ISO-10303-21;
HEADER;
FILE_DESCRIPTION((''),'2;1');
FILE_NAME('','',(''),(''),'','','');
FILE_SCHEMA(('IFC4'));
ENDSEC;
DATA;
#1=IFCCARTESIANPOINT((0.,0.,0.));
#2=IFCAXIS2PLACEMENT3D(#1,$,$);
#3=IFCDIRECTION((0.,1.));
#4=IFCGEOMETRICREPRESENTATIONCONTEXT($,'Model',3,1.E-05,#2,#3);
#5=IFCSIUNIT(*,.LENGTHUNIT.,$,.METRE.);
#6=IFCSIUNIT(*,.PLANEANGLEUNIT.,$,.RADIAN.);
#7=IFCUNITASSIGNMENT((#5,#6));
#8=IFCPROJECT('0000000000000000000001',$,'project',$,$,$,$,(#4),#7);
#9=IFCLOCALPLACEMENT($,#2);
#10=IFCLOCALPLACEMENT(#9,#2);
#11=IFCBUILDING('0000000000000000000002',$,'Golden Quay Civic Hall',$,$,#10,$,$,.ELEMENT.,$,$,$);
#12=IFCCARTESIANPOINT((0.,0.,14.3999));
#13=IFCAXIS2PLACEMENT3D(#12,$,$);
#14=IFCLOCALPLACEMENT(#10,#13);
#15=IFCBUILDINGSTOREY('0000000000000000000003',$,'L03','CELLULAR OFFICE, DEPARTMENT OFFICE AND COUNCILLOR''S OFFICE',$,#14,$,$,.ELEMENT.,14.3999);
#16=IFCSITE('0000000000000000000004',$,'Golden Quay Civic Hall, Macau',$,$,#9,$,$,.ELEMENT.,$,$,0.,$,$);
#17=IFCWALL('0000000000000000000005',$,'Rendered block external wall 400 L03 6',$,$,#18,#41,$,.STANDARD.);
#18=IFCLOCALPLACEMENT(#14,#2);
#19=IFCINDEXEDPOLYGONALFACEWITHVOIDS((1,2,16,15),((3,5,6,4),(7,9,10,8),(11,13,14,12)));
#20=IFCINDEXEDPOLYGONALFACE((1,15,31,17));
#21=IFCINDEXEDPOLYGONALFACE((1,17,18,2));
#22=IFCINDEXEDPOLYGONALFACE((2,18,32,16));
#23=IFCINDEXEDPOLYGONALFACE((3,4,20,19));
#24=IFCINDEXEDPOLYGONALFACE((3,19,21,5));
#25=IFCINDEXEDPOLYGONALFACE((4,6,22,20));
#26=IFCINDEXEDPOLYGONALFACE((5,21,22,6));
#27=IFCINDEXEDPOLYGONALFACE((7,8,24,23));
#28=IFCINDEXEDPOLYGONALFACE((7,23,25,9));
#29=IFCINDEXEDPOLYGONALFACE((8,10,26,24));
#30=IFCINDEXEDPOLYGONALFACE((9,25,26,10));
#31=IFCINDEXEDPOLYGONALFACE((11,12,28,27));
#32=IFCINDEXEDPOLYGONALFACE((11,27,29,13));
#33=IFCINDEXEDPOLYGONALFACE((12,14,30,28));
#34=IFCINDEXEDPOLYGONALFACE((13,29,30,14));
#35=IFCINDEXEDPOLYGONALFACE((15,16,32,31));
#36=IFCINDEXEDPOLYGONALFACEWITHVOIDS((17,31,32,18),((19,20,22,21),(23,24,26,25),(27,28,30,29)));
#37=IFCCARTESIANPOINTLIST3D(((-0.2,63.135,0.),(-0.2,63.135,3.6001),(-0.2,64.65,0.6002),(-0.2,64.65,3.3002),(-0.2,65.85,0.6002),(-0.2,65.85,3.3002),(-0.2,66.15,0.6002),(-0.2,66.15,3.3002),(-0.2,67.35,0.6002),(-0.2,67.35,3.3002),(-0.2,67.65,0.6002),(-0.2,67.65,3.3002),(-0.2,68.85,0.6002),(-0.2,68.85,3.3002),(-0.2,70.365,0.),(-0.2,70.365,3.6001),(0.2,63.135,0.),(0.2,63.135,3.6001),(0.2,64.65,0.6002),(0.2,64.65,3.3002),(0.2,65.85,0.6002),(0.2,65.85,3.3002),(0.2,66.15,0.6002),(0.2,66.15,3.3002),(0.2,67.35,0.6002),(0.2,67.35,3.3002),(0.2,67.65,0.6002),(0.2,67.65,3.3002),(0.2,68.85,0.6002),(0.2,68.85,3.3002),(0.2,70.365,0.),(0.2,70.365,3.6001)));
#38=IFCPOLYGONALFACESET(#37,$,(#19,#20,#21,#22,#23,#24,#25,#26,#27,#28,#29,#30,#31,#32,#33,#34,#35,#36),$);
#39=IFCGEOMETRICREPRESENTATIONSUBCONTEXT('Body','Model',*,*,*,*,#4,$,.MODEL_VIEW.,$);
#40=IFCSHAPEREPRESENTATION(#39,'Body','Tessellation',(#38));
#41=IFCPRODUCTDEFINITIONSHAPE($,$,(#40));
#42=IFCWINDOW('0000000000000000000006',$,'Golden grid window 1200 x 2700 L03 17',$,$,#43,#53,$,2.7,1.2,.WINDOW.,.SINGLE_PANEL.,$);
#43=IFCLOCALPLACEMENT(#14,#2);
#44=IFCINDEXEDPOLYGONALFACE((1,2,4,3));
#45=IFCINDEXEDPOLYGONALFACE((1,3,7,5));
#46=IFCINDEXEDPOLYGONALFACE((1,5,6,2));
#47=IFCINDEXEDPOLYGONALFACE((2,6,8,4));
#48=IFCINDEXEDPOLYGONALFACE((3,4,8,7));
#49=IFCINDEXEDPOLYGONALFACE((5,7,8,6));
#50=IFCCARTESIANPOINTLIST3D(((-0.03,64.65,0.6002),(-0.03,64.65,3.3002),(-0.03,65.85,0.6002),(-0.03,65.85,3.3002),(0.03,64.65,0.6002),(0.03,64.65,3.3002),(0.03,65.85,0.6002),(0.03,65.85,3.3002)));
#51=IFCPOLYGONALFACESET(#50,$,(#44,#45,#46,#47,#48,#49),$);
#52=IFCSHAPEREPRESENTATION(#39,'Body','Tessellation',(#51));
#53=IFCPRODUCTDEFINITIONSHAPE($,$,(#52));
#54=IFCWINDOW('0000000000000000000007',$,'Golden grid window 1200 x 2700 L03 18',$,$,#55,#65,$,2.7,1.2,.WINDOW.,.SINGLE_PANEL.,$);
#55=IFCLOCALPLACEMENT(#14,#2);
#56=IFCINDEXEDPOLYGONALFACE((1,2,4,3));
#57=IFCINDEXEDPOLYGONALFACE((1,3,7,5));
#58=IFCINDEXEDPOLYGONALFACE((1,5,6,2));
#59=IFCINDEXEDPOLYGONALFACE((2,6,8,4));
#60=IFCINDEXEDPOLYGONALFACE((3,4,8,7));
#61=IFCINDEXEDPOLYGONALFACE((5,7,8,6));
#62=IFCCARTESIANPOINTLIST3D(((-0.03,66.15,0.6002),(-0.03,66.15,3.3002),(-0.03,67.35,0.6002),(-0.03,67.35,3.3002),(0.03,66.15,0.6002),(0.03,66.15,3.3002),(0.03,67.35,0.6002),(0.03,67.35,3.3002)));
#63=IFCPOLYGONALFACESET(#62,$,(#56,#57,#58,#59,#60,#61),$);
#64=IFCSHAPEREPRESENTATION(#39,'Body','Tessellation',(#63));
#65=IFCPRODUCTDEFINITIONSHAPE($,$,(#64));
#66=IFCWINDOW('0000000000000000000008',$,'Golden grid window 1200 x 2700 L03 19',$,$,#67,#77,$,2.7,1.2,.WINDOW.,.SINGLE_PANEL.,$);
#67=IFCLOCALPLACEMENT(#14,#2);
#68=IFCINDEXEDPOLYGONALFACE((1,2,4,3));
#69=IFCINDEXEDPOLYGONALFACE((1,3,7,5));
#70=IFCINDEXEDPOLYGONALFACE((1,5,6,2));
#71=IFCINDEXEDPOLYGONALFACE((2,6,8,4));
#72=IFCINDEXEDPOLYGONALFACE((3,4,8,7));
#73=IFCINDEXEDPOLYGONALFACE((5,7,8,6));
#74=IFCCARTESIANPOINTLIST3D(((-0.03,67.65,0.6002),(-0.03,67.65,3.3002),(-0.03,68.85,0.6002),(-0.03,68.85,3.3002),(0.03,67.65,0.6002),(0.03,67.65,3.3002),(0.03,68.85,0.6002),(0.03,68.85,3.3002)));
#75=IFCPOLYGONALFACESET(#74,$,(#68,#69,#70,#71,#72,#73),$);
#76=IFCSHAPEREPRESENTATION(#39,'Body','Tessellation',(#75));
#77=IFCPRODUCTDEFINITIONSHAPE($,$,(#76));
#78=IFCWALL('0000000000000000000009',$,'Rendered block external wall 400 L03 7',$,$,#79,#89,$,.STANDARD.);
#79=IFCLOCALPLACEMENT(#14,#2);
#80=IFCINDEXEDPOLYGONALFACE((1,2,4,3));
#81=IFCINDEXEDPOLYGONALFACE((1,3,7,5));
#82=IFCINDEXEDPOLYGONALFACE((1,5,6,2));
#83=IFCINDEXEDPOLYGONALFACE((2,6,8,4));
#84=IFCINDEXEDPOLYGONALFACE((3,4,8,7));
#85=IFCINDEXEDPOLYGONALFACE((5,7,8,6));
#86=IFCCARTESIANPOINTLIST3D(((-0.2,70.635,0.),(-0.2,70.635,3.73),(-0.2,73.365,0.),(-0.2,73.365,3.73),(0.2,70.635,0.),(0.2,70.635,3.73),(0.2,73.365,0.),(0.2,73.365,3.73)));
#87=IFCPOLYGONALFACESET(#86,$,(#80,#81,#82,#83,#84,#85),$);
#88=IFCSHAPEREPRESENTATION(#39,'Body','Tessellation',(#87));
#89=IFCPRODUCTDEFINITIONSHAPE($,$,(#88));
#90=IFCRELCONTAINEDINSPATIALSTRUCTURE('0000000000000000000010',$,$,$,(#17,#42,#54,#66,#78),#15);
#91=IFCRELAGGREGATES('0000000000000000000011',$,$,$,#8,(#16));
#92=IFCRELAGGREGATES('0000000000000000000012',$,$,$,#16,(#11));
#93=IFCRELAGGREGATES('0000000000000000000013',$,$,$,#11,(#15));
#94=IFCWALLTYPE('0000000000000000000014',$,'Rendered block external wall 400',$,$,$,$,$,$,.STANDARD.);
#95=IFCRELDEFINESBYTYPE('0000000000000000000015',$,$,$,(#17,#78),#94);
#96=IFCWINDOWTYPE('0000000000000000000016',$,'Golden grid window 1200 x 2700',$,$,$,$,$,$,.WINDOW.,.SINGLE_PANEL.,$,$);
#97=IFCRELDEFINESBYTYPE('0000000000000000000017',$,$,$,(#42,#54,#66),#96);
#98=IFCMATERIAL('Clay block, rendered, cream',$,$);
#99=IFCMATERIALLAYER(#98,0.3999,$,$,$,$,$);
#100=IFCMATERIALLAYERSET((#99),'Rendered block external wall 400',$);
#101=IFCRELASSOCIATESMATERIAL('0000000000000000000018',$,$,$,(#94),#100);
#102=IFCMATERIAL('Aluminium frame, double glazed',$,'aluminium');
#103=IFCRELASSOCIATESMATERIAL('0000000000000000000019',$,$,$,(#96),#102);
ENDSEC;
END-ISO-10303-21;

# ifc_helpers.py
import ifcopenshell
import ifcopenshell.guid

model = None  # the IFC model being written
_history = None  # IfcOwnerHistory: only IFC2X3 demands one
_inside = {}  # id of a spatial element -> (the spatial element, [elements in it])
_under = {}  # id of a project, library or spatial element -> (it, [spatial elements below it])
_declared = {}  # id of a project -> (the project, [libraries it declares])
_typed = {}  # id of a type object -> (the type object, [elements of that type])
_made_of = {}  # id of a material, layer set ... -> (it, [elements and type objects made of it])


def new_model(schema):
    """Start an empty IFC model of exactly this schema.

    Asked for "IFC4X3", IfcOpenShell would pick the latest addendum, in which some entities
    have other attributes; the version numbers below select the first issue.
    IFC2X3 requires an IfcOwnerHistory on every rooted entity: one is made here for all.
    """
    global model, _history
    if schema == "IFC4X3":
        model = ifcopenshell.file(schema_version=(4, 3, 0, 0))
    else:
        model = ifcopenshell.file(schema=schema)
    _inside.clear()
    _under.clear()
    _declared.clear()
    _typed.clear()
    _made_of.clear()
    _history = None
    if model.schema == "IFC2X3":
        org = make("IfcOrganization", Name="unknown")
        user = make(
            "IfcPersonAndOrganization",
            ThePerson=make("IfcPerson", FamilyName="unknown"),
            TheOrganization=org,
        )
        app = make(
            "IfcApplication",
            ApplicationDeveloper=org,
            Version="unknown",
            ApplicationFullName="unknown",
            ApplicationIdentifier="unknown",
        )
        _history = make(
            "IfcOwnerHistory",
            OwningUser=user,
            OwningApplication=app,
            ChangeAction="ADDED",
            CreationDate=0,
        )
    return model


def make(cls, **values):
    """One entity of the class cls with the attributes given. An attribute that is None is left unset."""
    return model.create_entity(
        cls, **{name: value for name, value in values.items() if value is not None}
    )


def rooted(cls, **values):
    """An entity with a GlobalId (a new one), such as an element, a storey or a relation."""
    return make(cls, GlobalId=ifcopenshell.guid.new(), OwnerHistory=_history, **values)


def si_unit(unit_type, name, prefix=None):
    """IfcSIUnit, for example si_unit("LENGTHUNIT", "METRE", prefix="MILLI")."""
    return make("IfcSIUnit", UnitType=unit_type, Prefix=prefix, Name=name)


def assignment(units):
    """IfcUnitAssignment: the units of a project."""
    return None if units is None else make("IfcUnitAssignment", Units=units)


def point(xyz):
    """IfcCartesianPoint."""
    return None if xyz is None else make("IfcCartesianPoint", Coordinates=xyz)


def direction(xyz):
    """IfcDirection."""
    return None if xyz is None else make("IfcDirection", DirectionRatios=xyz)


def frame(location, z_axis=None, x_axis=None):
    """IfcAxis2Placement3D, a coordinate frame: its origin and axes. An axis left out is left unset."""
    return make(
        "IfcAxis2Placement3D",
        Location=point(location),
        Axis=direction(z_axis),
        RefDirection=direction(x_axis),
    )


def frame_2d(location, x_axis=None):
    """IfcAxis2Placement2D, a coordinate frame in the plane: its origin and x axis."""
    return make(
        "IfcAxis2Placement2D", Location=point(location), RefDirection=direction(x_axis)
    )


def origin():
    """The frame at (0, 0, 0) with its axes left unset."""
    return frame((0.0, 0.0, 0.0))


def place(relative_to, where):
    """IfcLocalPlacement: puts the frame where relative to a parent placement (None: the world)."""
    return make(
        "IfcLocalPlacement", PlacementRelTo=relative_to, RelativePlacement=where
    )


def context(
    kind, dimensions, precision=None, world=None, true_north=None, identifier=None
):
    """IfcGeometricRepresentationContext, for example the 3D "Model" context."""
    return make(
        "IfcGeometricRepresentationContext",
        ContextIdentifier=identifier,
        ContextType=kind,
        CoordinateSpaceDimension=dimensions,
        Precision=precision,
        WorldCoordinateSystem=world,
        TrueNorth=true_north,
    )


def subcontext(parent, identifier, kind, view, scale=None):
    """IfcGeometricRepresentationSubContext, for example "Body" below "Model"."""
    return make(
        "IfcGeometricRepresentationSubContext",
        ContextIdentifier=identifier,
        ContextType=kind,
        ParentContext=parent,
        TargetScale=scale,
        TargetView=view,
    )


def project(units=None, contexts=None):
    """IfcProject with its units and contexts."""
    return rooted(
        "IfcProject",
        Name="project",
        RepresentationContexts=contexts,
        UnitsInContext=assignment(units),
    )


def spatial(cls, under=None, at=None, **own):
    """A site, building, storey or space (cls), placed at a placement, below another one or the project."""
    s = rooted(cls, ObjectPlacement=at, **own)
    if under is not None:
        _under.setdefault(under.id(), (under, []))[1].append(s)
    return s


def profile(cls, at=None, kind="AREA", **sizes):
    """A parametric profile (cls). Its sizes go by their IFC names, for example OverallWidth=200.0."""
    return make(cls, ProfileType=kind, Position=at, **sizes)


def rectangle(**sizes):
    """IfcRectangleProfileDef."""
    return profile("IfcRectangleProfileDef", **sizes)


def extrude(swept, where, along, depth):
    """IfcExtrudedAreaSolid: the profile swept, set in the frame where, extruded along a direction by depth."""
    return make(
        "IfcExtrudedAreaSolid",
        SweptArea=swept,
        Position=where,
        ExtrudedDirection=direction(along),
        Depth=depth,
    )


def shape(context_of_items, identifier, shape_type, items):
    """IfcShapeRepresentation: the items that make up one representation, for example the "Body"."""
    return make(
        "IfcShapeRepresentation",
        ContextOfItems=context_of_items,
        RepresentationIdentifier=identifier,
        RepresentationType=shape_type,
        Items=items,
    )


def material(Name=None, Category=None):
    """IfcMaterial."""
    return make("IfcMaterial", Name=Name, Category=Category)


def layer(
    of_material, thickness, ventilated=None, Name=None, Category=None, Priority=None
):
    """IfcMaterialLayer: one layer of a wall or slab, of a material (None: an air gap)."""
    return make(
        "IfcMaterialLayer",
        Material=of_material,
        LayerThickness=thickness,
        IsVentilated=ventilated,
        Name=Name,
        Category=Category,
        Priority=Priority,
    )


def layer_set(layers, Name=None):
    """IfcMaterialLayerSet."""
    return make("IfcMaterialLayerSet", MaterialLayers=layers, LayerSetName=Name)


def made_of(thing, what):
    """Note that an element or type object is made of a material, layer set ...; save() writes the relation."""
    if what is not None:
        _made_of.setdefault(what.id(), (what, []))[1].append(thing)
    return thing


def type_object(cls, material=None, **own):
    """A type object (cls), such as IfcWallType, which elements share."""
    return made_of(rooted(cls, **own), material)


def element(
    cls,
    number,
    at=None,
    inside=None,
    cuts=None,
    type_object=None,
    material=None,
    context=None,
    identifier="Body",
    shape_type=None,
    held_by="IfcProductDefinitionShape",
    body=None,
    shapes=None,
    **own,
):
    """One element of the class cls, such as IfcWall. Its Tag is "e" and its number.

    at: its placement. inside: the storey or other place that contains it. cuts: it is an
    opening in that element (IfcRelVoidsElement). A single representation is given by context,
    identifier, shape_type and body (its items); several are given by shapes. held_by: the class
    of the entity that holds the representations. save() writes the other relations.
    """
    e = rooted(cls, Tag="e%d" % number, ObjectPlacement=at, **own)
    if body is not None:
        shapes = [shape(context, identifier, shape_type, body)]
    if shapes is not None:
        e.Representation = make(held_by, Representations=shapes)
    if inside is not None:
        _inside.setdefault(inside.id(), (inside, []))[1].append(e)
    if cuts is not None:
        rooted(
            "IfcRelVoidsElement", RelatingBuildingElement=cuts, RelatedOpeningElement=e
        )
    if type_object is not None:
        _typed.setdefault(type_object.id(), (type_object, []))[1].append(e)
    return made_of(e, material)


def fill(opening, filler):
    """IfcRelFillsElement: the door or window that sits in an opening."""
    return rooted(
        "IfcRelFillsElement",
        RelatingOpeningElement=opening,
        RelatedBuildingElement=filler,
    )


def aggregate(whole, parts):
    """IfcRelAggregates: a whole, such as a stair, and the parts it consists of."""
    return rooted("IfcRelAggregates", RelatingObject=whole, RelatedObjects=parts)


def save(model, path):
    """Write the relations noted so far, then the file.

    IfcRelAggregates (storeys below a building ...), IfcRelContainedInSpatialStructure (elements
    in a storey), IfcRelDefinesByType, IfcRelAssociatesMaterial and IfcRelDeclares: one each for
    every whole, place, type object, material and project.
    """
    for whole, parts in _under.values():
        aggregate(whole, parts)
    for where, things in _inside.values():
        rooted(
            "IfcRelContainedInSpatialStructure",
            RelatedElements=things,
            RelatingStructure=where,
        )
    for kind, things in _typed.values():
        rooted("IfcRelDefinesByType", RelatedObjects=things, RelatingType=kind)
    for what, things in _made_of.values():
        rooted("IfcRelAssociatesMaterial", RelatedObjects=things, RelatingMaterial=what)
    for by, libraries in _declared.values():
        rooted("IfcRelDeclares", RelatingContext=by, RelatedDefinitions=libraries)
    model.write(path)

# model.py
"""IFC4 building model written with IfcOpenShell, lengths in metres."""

from ifc_helpers import new_model, si_unit, direction, frame, frame_2d, origin, place, context, subcontext, project, spatial, rectangle, extrude, material, layer, layer_set, type_object, element, fill, save


model = new_model("IFC4")

# Units and contexts
model_context = context("Model", 3, precision=1e-05, world=origin(), true_north=direction((0.0, 1.0)))
body_context = subcontext(model_context, "Body", "Model", "MODEL_VIEW")
ifc_project = project(units=[si_unit("LENGTHUNIT", "METRE"), si_unit("PLANEANGLEUNIT", "RADIAN")], contexts=[model_context])

# Site, building, storey
site_placement = place(None, origin())
site = spatial("IfcSite", under=ifc_project, at=site_placement, Name="Golden Quay Civic Hall, Macau", CompositionType="ELEMENT", RefElevation=0.0)
building_placement = place(site_placement, origin())
building = spatial("IfcBuilding", under=site, at=building_placement, Name="Golden Quay Civic Hall", CompositionType="ELEMENT")
storey_placement = place(building_placement, frame((0.0, 0.0, 14.3999)))
storey = spatial("IfcBuildingStorey", under=building, at=storey_placement, Name="L03", Description="CELLULAR OFFICE, DEPARTMENT OFFICE AND COUNCILLOR'S OFFICE", CompositionType="ELEMENT", Elevation=14.3999)

# Wall, openings, windows
ifc_material_1 = material(Name="Clay block, rendered, cream")
ifc_layer_1 = layer(ifc_material_1, 0.3999)
ifc_layer_set_1 = layer_set([ifc_layer_1], Name="Rendered block external wall 400")
wall_type_1 = type_object("IfcWallType", Name="Rendered block external wall 400", PredefinedType="STANDARD", material=ifc_layer_set_1)
wall_1_placement = place(storey_placement, frame((0.0, 63.135, 0.0), z_axis=(0.0, 0.0, 1.0), x_axis=(0.0, 1.0, 0.0)))
wall_1 = element("IfcWall", 1, at=wall_1_placement, inside=storey, type_object=wall_type_1, Name="Rendered block external wall 400 L03 6", PredefinedType="STANDARD", context=body_context, shape_type="SweptSolid", body=[
    extrude(rectangle(XDim=7.23, YDim=0.3999, at=frame_2d((3.615, 0.0))), origin(), (0.0, 0.0, 1.0), 3.6001),
])
opening_1_placement = place(wall_1_placement, frame((1.5149, 0.0, 0.6001)))
opening_1 = element("IfcOpeningElement", 2, at=opening_1_placement, cuts=wall_1, PredefinedType="OPENING", context=body_context, shape_type="SweptSolid", body=[
    extrude(rectangle(XDim=1.2, YDim=2.7, at=frame_2d((0.6001, 1.3501))), frame((0.0, 0.21, 0.0), z_axis=(0.0, -1.0, 0.0), x_axis=(1.0, 0.0, 0.0)), (0.0, 0.0, 1.0), 0.4199),
])
opening_2_placement = place(wall_1_placement, frame((3.0149, 0.0, 0.6001)))
opening_2 = element("IfcOpeningElement", 3, at=opening_2_placement, cuts=wall_1, PredefinedType="OPENING", context=body_context, shape_type="SweptSolid", body=[
    extrude(rectangle(XDim=1.2, YDim=2.7, at=frame_2d((0.6001, 1.3501))), frame((0.0, 0.21, 0.0), z_axis=(0.0, -1.0, 0.0), x_axis=(1.0, 0.0, 0.0)), (0.0, 0.0, 1.0), 0.4199),
])
opening_3_placement = place(wall_1_placement, frame((4.5149, 0.0, 0.6001)))
opening_3 = element("IfcOpeningElement", 4, at=opening_3_placement, cuts=wall_1, PredefinedType="OPENING", context=body_context, shape_type="SweptSolid", body=[
    extrude(rectangle(XDim=1.2, YDim=2.7, at=frame_2d((0.6001, 1.3501))), frame((0.0, 0.21, 0.0), z_axis=(0.0, -1.0, 0.0), x_axis=(1.0, 0.0, 0.0)), (0.0, 0.0, 1.0), 0.4199),
])
ifc_material_2 = material(Name="Aluminium frame, double glazed", Category="aluminium")
window_type = type_object("IfcWindowType", Name="Golden grid window 1200 x 2700", PartitioningType="SINGLE_PANEL", PredefinedType="WINDOW", material=ifc_material_2)
window_1_placement = place(opening_1_placement, origin())
window_1 = element("IfcWindow", 5, at=window_1_placement, inside=storey, type_object=window_type, Name="Golden grid window 1200 x 2700 L03 17", OverallHeight=2.7, OverallWidth=1.2, PartitioningType="SINGLE_PANEL", PredefinedType="WINDOW", context=body_context, shape_type="SweptSolid", body=[
    extrude(rectangle(XDim=1.2, YDim=2.7, at=frame_2d((0.6001, 1.3501))), frame((0.0, 0.03, 0.0), z_axis=(0.0, -1.0, 0.0), x_axis=(1.0, 0.0, 0.0)), (0.0, 0.0, 1.0), 0.0601),
])
fill(opening_1, window_1)
window_2_placement = place(opening_2_placement, origin())
window_2 = element("IfcWindow", 6, at=window_2_placement, inside=storey, type_object=window_type, Name="Golden grid window 1200 x 2700 L03 18", OverallHeight=2.7, OverallWidth=1.2, PartitioningType="SINGLE_PANEL", PredefinedType="WINDOW", context=body_context, shape_type="SweptSolid", body=[
    extrude(rectangle(XDim=1.2, YDim=2.7, at=frame_2d((0.6001, 1.3501))), frame((0.0, 0.03, 0.0), z_axis=(0.0, -1.0, 0.0), x_axis=(1.0, 0.0, 0.0)), (0.0, 0.0, 1.0), 0.0601),
])
fill(opening_2, window_2)
window_3_placement = place(opening_3_placement, origin())
window_3 = element("IfcWindow", 7, at=window_3_placement, inside=storey, type_object=window_type, Name="Golden grid window 1200 x 2700 L03 19", OverallHeight=2.7, OverallWidth=1.2, PartitioningType="SINGLE_PANEL", PredefinedType="WINDOW", context=body_context, shape_type="SweptSolid", body=[
    extrude(rectangle(XDim=1.2, YDim=2.7, at=frame_2d((0.6001, 1.3501))), frame((0.0, 0.03, 0.0), z_axis=(0.0, -1.0, 0.0), x_axis=(1.0, 0.0, 0.0)), (0.0, 0.0, 1.0), 0.0601),
])
fill(opening_3, window_3)

# Wall
wall_2_placement = place(storey_placement, frame((0.0, 70.635, 0.0), z_axis=(0.0, 0.0, 1.0), x_axis=(0.0, 1.0, 0.0)))
element("IfcWall", 8, at=wall_2_placement, inside=storey, type_object=wall_type_1, Name="Rendered block external wall 400 L03 7", PredefinedType="STANDARD", context=body_context, shape_type="SweptSolid", body=[
    extrude(rectangle(XDim=2.73, YDim=0.3999, at=frame_2d((1.365, 0.0))), origin(), (0.0, 0.0, 1.0), 3.73),
])

save(model, "model.ifc")
